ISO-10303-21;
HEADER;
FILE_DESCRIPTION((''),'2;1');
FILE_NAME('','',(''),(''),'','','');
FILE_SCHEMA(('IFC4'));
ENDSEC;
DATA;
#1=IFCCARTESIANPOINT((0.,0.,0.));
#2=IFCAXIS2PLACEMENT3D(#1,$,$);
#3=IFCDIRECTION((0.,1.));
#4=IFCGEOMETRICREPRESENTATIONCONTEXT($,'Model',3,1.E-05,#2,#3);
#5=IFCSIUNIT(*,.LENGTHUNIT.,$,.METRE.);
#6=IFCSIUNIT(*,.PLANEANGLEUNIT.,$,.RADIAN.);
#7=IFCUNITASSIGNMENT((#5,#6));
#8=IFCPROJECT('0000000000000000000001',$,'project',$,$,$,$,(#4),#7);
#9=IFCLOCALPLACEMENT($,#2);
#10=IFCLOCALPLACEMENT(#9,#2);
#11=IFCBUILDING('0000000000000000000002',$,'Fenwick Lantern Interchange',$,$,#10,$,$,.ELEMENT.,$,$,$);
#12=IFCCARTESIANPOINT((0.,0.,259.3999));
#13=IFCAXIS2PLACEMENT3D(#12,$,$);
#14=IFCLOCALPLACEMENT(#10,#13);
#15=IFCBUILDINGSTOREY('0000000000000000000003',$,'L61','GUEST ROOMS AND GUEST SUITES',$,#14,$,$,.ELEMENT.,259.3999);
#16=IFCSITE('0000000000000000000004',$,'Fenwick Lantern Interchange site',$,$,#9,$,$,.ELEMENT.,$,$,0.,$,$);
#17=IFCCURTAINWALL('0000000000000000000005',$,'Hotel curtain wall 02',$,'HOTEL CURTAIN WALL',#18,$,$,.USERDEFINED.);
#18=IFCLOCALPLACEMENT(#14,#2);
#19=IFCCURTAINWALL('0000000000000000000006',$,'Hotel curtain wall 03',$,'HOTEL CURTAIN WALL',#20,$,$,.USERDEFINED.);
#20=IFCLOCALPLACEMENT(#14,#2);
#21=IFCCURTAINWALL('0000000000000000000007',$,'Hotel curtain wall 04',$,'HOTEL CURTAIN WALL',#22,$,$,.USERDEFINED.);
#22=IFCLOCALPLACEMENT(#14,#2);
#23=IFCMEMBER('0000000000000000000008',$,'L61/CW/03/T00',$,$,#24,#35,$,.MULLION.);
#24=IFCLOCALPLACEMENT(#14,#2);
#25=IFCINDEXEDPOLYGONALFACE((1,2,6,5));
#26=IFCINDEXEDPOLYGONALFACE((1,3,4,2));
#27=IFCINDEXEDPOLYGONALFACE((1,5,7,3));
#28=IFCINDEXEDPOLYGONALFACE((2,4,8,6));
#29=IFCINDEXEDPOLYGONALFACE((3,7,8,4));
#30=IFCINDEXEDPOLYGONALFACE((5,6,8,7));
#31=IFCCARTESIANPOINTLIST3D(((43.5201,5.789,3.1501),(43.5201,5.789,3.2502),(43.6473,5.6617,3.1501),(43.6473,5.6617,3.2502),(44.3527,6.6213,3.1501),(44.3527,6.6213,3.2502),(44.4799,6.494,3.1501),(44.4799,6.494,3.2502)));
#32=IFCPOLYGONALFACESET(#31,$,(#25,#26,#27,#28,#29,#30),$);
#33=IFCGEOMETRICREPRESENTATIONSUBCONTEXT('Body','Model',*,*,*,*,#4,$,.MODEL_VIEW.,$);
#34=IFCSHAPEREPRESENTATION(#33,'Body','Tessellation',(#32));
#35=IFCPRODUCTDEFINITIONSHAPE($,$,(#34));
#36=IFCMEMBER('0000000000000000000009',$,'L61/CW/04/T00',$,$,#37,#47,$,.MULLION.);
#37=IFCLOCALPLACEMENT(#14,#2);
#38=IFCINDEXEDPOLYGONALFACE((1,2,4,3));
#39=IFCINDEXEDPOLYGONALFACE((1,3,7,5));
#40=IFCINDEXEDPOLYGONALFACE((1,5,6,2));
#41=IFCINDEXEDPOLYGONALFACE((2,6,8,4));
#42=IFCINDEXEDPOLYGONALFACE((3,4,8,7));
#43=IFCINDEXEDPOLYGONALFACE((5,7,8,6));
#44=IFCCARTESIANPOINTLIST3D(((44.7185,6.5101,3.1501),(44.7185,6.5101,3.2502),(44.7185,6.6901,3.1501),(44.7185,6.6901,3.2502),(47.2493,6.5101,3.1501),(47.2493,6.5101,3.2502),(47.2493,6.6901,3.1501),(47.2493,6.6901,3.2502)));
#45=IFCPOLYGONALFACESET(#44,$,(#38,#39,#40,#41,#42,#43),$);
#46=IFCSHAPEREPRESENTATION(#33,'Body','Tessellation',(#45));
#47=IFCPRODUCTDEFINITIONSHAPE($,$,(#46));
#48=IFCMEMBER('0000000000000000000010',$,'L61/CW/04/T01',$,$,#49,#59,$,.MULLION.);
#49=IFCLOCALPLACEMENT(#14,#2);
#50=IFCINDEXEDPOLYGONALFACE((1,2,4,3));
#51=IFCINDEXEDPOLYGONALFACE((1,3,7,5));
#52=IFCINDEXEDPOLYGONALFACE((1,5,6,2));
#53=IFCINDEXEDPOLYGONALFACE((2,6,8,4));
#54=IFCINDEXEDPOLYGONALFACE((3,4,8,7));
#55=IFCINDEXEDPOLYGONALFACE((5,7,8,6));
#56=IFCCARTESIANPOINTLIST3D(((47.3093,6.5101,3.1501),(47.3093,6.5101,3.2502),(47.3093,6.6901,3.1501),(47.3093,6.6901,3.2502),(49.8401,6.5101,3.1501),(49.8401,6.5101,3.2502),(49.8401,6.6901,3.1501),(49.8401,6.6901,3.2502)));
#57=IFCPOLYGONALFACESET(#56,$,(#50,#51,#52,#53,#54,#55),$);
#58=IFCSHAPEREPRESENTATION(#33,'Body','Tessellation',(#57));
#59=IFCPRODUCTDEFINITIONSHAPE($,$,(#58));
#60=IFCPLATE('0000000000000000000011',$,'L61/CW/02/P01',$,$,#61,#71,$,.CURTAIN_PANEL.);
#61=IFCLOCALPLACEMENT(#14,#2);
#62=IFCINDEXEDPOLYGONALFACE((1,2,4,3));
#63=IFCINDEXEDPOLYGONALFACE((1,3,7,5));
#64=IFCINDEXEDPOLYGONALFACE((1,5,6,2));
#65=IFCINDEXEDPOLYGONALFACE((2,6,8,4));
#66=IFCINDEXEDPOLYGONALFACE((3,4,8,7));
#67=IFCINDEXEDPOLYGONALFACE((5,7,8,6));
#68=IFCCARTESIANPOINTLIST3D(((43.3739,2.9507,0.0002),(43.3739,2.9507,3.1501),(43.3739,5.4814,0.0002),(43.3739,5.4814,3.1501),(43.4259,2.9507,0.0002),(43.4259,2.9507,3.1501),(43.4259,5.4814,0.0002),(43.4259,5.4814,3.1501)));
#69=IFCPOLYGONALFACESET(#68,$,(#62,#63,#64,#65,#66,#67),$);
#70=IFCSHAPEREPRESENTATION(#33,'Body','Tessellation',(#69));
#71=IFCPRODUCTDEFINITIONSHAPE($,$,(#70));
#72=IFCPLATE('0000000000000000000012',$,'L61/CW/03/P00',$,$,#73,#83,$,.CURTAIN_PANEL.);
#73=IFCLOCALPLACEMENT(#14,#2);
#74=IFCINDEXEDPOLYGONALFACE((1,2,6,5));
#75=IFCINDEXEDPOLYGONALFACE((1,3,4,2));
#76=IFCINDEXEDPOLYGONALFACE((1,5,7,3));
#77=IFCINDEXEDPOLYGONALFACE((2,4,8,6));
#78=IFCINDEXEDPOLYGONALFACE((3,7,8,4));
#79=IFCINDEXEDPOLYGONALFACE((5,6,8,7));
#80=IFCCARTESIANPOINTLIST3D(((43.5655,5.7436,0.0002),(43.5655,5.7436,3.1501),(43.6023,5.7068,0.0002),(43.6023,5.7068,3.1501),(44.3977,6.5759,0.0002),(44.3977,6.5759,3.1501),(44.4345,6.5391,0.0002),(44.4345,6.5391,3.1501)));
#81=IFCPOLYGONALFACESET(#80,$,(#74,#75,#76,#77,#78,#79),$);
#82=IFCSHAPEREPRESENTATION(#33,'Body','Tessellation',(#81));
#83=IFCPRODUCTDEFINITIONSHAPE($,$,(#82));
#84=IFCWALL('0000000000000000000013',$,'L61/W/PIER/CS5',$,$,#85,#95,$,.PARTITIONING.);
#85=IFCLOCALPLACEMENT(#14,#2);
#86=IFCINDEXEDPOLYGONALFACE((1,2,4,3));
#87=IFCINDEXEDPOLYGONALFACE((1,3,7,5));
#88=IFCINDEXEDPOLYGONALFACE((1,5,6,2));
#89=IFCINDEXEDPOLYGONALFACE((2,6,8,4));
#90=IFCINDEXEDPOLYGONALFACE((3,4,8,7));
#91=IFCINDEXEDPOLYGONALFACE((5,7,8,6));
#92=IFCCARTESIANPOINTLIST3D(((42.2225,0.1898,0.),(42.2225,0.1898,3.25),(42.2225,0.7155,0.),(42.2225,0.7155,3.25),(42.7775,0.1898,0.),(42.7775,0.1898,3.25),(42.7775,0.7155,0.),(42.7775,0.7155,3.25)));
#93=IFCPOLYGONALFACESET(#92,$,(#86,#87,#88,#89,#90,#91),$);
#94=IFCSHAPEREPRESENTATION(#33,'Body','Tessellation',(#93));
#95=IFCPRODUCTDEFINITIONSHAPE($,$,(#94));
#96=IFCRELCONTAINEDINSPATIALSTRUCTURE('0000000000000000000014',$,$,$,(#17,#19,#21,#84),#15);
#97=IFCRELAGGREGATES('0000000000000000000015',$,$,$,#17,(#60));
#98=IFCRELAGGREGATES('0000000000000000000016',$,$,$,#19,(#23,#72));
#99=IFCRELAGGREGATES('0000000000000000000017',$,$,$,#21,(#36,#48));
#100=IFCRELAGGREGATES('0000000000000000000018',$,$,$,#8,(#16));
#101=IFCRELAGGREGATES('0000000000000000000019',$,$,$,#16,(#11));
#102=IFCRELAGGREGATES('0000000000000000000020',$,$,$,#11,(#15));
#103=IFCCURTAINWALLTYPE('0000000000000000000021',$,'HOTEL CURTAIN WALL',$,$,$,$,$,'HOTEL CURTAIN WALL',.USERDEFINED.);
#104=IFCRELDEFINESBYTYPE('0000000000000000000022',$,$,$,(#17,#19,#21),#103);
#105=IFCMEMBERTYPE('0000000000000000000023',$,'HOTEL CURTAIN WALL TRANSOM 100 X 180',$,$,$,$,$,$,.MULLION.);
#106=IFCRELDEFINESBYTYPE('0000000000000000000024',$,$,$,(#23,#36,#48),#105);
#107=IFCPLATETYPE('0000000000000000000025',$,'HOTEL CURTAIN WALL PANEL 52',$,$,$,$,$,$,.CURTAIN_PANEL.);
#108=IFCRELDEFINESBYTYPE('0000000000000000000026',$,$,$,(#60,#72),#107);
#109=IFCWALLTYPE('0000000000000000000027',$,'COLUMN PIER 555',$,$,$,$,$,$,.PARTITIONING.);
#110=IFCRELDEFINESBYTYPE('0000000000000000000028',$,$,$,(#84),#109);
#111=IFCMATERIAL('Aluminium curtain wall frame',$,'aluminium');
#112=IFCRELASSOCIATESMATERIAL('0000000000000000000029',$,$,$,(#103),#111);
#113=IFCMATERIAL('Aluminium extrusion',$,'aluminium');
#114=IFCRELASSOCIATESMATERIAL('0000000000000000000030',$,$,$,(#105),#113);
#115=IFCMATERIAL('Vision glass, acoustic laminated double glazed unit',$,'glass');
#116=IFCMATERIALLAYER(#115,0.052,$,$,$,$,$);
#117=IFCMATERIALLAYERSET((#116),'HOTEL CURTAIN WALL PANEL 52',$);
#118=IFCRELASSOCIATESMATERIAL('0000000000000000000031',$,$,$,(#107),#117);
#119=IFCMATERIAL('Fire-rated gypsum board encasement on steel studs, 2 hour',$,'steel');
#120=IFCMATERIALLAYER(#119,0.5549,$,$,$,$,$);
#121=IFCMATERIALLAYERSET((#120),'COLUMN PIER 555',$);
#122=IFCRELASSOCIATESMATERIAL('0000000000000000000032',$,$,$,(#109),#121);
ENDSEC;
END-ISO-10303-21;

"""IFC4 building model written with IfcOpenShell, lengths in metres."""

from ifc_helpers import new_model, si_unit, direction, frame, frame_2d, origin, origin_2d, place, context, subcontext, project, spatial, rectangle, extrude, material, layer, layer_set, material_profile, profile_set, type_object, element, aggregate, save


model = new_model("IFC4")

# Units and contexts
model_context = context("Model", 3, precision=1e-05, world=origin(), true_north=direction((0.0, 1.0)))
body_context = subcontext(model_context, "Body", "Model", "MODEL_VIEW")
ifc_project = project(units=[si_unit("LENGTHUNIT", "METRE"), si_unit("PLANEANGLEUNIT", "RADIAN")], contexts=[model_context])

# Site, building, storey
site_placement = place(None, origin())
site = spatial("IfcSite", under=ifc_project, at=site_placement, Name="Fenwick Lantern Interchange site", CompositionType="ELEMENT", RefElevation=0.0)
building_placement = place(site_placement, origin())
building = spatial("IfcBuilding", under=site, at=building_placement, Name="Fenwick Lantern Interchange", CompositionType="ELEMENT")
storey_placement = place(building_placement, frame((0.0, 0.0, 259.3999)))
storey = spatial("IfcBuildingStorey", under=building, at=storey_placement, Name="L61", Description="GUEST ROOMS AND GUEST SUITES", CompositionType="ELEMENT", Elevation=259.3999)

# Shared definitions
ifc_material_1 = material(Name="Aluminium curtain wall frame", Category="aluminium")
curtain_wall_type = type_object("IfcCurtainWallType", Name="HOTEL CURTAIN WALL", ElementType="HOTEL CURTAIN WALL", PredefinedType="USERDEFINED", material=ifc_material_1)
ifc_material_2 = material(Name="Aluminium extrusion", Category="aluminium")

# Curtain walls
curtain_wall_1_placement = place(storey_placement, origin())
curtain_wall_1 = element("IfcCurtainWall", 1, at=curtain_wall_1_placement, inside=storey, type_object=curtain_wall_type, Name="Hotel curtain wall 02", ObjectType="HOTEL CURTAIN WALL", PredefinedType="USERDEFINED")
curtain_wall_2_placement = place(storey_placement, origin())
curtain_wall_2 = element("IfcCurtainWall", 2, at=curtain_wall_2_placement, inside=storey, type_object=curtain_wall_type, Name="Hotel curtain wall 03", ObjectType="HOTEL CURTAIN WALL", PredefinedType="USERDEFINED")
curtain_wall_3_placement = place(storey_placement, origin())
curtain_wall_3 = element("IfcCurtainWall", 3, at=curtain_wall_3_placement, inside=storey, type_object=curtain_wall_type, Name="Hotel curtain wall 04", ObjectType="HOTEL CURTAIN WALL", PredefinedType="USERDEFINED")

# Members
ifc_material_profile_1 = material_profile(ifc_material_2, rectangle(XDim=0.1799, YDim=0.1001, at=origin_2d()), Name="HOTEL CURTAIN WALL TRANSOM 100 X 180")
ifc_profile_set_1 = profile_set([ifc_material_profile_1], Name="Aluminium extrusion")
member_type_1 = type_object("IfcMemberType", Name="HOTEL CURTAIN WALL TRANSOM 100 X 180", PredefinedType="MULLION", material=ifc_profile_set_1)
member_1_placement = place(storey_placement, frame((43.5837, 5.7253, 3.2002), z_axis=(0.70721, 0.707003, 0.0), x_axis=(-0.707003, 0.70721, 0.0)))
member_1 = element("IfcMember", 4, at=member_1_placement, type_object=member_type_1, Name="L61/CW/03/T00", PredefinedType="MULLION", context=body_context, shape_type="SweptSolid", body=[
    extrude(rectangle(XDim=0.1799, YDim=0.1001, at=origin_2d()), origin(), (0.0, 0.0, 1.0), 1.1772),
])
member_2_placement = place(storey_placement, frame((44.7185, 6.6001, 3.2002), z_axis=(1.0, 0.0, 0.0), x_axis=(0.0, 1.0, 0.0)))
member_2 = element("IfcMember", 5, at=member_2_placement, type_object=member_type_1, Name="L61/CW/04/T00", PredefinedType="MULLION", context=body_context, shape_type="SweptSolid", body=[
    extrude(rectangle(XDim=0.1799, YDim=0.1001, at=origin_2d()), origin(), (0.0, 0.0, 1.0), 2.5308),
])
member_3_placement = place(storey_placement, frame((47.3093, 6.6001, 3.2002), z_axis=(1.0, 0.0, 0.0), x_axis=(0.0, 1.0, 0.0)))
member_3 = element("IfcMember", 6, at=member_3_placement, type_object=member_type_1, Name="L61/CW/04/T01", PredefinedType="MULLION", context=body_context, shape_type="SweptSolid", body=[
    extrude(rectangle(XDim=0.1799, YDim=0.1001, at=origin_2d()), origin(), (0.0, 0.0, 1.0), 2.5308),
])

# Plates
ifc_material_3 = material(Name="Vision glass, acoustic laminated double glazed unit", Category="glass")
ifc_layer_1 = layer(ifc_material_3, 0.052)
ifc_layer_set_1 = layer_set([ifc_layer_1], Name="HOTEL CURTAIN WALL PANEL 52")
plate_type = type_object("IfcPlateType", Name="HOTEL CURTAIN WALL PANEL 52", PredefinedType="CURTAIN_PANEL", material=ifc_layer_set_1)
plate_1_placement = place(storey_placement, frame((43.3999, 4.2161, 0.0002), z_axis=(0.0, 0.0, 1.0), x_axis=(0.0, 1.0, 0.0)))
plate_1 = element("IfcPlate", 7, at=plate_1_placement, type_object=plate_type, Name="L61/CW/02/P01", PredefinedType="CURTAIN_PANEL", context=body_context, shape_type="SweptSolid", body=[
    extrude(rectangle(XDim=2.5308, YDim=0.052, at=origin_2d()), origin(), (0.0, 0.0, 1.0), 3.1499),
])
aggregate(curtain_wall_1, [plate_1])
plate_2_placement = place(storey_placement, frame((44.0, 6.1414, 0.0002), z_axis=(0.0, 0.0, 1.0), x_axis=(0.707107, 0.707107, 0.0)))
plate_2 = element("IfcPlate", 8, at=plate_2_placement, type_object=plate_type, Name="L61/CW/03/P00", PredefinedType="CURTAIN_PANEL", context=body_context, shape_type="SweptSolid", body=[
    extrude(rectangle(XDim=1.177, YDim=0.052, at=origin_2d()), origin(), (0.0, 0.0, 1.0), 3.1499),
])
aggregate(curtain_wall_2, [member_1, plate_2])
aggregate(curtain_wall_3, [member_2, member_3])

# Wall
ifc_material_4 = material(Name="Fire-rated gypsum board encasement on steel studs, 2 hour", Category="steel")
ifc_layer_2 = layer(ifc_material_4, 0.5549)
ifc_layer_set_2 = layer_set([ifc_layer_2], Name="COLUMN PIER 555")
wall_type = type_object("IfcWallType", Name="COLUMN PIER 555", PredefinedType="PARTITIONING", material=ifc_layer_set_2)
wall_placement = place(storey_placement, frame((42.5, 0.1899, 0.0), z_axis=(0.0, 0.0, 1.0), x_axis=(0.0, 1.0, 0.0)))
element("IfcWall", 9, at=wall_placement, inside=storey, type_object=wall_type, Name="L61/W/PIER/CS5", PredefinedType="PARTITIONING", context=body_context, shape_type="SweptSolid", body=[
    extrude(rectangle(XDim=0.5256, YDim=0.5549, at=frame_2d((0.2627, 0.0))), origin(), (0.0, 0.0, 1.0), 3.25),
])

save(model, "model.ifc")
